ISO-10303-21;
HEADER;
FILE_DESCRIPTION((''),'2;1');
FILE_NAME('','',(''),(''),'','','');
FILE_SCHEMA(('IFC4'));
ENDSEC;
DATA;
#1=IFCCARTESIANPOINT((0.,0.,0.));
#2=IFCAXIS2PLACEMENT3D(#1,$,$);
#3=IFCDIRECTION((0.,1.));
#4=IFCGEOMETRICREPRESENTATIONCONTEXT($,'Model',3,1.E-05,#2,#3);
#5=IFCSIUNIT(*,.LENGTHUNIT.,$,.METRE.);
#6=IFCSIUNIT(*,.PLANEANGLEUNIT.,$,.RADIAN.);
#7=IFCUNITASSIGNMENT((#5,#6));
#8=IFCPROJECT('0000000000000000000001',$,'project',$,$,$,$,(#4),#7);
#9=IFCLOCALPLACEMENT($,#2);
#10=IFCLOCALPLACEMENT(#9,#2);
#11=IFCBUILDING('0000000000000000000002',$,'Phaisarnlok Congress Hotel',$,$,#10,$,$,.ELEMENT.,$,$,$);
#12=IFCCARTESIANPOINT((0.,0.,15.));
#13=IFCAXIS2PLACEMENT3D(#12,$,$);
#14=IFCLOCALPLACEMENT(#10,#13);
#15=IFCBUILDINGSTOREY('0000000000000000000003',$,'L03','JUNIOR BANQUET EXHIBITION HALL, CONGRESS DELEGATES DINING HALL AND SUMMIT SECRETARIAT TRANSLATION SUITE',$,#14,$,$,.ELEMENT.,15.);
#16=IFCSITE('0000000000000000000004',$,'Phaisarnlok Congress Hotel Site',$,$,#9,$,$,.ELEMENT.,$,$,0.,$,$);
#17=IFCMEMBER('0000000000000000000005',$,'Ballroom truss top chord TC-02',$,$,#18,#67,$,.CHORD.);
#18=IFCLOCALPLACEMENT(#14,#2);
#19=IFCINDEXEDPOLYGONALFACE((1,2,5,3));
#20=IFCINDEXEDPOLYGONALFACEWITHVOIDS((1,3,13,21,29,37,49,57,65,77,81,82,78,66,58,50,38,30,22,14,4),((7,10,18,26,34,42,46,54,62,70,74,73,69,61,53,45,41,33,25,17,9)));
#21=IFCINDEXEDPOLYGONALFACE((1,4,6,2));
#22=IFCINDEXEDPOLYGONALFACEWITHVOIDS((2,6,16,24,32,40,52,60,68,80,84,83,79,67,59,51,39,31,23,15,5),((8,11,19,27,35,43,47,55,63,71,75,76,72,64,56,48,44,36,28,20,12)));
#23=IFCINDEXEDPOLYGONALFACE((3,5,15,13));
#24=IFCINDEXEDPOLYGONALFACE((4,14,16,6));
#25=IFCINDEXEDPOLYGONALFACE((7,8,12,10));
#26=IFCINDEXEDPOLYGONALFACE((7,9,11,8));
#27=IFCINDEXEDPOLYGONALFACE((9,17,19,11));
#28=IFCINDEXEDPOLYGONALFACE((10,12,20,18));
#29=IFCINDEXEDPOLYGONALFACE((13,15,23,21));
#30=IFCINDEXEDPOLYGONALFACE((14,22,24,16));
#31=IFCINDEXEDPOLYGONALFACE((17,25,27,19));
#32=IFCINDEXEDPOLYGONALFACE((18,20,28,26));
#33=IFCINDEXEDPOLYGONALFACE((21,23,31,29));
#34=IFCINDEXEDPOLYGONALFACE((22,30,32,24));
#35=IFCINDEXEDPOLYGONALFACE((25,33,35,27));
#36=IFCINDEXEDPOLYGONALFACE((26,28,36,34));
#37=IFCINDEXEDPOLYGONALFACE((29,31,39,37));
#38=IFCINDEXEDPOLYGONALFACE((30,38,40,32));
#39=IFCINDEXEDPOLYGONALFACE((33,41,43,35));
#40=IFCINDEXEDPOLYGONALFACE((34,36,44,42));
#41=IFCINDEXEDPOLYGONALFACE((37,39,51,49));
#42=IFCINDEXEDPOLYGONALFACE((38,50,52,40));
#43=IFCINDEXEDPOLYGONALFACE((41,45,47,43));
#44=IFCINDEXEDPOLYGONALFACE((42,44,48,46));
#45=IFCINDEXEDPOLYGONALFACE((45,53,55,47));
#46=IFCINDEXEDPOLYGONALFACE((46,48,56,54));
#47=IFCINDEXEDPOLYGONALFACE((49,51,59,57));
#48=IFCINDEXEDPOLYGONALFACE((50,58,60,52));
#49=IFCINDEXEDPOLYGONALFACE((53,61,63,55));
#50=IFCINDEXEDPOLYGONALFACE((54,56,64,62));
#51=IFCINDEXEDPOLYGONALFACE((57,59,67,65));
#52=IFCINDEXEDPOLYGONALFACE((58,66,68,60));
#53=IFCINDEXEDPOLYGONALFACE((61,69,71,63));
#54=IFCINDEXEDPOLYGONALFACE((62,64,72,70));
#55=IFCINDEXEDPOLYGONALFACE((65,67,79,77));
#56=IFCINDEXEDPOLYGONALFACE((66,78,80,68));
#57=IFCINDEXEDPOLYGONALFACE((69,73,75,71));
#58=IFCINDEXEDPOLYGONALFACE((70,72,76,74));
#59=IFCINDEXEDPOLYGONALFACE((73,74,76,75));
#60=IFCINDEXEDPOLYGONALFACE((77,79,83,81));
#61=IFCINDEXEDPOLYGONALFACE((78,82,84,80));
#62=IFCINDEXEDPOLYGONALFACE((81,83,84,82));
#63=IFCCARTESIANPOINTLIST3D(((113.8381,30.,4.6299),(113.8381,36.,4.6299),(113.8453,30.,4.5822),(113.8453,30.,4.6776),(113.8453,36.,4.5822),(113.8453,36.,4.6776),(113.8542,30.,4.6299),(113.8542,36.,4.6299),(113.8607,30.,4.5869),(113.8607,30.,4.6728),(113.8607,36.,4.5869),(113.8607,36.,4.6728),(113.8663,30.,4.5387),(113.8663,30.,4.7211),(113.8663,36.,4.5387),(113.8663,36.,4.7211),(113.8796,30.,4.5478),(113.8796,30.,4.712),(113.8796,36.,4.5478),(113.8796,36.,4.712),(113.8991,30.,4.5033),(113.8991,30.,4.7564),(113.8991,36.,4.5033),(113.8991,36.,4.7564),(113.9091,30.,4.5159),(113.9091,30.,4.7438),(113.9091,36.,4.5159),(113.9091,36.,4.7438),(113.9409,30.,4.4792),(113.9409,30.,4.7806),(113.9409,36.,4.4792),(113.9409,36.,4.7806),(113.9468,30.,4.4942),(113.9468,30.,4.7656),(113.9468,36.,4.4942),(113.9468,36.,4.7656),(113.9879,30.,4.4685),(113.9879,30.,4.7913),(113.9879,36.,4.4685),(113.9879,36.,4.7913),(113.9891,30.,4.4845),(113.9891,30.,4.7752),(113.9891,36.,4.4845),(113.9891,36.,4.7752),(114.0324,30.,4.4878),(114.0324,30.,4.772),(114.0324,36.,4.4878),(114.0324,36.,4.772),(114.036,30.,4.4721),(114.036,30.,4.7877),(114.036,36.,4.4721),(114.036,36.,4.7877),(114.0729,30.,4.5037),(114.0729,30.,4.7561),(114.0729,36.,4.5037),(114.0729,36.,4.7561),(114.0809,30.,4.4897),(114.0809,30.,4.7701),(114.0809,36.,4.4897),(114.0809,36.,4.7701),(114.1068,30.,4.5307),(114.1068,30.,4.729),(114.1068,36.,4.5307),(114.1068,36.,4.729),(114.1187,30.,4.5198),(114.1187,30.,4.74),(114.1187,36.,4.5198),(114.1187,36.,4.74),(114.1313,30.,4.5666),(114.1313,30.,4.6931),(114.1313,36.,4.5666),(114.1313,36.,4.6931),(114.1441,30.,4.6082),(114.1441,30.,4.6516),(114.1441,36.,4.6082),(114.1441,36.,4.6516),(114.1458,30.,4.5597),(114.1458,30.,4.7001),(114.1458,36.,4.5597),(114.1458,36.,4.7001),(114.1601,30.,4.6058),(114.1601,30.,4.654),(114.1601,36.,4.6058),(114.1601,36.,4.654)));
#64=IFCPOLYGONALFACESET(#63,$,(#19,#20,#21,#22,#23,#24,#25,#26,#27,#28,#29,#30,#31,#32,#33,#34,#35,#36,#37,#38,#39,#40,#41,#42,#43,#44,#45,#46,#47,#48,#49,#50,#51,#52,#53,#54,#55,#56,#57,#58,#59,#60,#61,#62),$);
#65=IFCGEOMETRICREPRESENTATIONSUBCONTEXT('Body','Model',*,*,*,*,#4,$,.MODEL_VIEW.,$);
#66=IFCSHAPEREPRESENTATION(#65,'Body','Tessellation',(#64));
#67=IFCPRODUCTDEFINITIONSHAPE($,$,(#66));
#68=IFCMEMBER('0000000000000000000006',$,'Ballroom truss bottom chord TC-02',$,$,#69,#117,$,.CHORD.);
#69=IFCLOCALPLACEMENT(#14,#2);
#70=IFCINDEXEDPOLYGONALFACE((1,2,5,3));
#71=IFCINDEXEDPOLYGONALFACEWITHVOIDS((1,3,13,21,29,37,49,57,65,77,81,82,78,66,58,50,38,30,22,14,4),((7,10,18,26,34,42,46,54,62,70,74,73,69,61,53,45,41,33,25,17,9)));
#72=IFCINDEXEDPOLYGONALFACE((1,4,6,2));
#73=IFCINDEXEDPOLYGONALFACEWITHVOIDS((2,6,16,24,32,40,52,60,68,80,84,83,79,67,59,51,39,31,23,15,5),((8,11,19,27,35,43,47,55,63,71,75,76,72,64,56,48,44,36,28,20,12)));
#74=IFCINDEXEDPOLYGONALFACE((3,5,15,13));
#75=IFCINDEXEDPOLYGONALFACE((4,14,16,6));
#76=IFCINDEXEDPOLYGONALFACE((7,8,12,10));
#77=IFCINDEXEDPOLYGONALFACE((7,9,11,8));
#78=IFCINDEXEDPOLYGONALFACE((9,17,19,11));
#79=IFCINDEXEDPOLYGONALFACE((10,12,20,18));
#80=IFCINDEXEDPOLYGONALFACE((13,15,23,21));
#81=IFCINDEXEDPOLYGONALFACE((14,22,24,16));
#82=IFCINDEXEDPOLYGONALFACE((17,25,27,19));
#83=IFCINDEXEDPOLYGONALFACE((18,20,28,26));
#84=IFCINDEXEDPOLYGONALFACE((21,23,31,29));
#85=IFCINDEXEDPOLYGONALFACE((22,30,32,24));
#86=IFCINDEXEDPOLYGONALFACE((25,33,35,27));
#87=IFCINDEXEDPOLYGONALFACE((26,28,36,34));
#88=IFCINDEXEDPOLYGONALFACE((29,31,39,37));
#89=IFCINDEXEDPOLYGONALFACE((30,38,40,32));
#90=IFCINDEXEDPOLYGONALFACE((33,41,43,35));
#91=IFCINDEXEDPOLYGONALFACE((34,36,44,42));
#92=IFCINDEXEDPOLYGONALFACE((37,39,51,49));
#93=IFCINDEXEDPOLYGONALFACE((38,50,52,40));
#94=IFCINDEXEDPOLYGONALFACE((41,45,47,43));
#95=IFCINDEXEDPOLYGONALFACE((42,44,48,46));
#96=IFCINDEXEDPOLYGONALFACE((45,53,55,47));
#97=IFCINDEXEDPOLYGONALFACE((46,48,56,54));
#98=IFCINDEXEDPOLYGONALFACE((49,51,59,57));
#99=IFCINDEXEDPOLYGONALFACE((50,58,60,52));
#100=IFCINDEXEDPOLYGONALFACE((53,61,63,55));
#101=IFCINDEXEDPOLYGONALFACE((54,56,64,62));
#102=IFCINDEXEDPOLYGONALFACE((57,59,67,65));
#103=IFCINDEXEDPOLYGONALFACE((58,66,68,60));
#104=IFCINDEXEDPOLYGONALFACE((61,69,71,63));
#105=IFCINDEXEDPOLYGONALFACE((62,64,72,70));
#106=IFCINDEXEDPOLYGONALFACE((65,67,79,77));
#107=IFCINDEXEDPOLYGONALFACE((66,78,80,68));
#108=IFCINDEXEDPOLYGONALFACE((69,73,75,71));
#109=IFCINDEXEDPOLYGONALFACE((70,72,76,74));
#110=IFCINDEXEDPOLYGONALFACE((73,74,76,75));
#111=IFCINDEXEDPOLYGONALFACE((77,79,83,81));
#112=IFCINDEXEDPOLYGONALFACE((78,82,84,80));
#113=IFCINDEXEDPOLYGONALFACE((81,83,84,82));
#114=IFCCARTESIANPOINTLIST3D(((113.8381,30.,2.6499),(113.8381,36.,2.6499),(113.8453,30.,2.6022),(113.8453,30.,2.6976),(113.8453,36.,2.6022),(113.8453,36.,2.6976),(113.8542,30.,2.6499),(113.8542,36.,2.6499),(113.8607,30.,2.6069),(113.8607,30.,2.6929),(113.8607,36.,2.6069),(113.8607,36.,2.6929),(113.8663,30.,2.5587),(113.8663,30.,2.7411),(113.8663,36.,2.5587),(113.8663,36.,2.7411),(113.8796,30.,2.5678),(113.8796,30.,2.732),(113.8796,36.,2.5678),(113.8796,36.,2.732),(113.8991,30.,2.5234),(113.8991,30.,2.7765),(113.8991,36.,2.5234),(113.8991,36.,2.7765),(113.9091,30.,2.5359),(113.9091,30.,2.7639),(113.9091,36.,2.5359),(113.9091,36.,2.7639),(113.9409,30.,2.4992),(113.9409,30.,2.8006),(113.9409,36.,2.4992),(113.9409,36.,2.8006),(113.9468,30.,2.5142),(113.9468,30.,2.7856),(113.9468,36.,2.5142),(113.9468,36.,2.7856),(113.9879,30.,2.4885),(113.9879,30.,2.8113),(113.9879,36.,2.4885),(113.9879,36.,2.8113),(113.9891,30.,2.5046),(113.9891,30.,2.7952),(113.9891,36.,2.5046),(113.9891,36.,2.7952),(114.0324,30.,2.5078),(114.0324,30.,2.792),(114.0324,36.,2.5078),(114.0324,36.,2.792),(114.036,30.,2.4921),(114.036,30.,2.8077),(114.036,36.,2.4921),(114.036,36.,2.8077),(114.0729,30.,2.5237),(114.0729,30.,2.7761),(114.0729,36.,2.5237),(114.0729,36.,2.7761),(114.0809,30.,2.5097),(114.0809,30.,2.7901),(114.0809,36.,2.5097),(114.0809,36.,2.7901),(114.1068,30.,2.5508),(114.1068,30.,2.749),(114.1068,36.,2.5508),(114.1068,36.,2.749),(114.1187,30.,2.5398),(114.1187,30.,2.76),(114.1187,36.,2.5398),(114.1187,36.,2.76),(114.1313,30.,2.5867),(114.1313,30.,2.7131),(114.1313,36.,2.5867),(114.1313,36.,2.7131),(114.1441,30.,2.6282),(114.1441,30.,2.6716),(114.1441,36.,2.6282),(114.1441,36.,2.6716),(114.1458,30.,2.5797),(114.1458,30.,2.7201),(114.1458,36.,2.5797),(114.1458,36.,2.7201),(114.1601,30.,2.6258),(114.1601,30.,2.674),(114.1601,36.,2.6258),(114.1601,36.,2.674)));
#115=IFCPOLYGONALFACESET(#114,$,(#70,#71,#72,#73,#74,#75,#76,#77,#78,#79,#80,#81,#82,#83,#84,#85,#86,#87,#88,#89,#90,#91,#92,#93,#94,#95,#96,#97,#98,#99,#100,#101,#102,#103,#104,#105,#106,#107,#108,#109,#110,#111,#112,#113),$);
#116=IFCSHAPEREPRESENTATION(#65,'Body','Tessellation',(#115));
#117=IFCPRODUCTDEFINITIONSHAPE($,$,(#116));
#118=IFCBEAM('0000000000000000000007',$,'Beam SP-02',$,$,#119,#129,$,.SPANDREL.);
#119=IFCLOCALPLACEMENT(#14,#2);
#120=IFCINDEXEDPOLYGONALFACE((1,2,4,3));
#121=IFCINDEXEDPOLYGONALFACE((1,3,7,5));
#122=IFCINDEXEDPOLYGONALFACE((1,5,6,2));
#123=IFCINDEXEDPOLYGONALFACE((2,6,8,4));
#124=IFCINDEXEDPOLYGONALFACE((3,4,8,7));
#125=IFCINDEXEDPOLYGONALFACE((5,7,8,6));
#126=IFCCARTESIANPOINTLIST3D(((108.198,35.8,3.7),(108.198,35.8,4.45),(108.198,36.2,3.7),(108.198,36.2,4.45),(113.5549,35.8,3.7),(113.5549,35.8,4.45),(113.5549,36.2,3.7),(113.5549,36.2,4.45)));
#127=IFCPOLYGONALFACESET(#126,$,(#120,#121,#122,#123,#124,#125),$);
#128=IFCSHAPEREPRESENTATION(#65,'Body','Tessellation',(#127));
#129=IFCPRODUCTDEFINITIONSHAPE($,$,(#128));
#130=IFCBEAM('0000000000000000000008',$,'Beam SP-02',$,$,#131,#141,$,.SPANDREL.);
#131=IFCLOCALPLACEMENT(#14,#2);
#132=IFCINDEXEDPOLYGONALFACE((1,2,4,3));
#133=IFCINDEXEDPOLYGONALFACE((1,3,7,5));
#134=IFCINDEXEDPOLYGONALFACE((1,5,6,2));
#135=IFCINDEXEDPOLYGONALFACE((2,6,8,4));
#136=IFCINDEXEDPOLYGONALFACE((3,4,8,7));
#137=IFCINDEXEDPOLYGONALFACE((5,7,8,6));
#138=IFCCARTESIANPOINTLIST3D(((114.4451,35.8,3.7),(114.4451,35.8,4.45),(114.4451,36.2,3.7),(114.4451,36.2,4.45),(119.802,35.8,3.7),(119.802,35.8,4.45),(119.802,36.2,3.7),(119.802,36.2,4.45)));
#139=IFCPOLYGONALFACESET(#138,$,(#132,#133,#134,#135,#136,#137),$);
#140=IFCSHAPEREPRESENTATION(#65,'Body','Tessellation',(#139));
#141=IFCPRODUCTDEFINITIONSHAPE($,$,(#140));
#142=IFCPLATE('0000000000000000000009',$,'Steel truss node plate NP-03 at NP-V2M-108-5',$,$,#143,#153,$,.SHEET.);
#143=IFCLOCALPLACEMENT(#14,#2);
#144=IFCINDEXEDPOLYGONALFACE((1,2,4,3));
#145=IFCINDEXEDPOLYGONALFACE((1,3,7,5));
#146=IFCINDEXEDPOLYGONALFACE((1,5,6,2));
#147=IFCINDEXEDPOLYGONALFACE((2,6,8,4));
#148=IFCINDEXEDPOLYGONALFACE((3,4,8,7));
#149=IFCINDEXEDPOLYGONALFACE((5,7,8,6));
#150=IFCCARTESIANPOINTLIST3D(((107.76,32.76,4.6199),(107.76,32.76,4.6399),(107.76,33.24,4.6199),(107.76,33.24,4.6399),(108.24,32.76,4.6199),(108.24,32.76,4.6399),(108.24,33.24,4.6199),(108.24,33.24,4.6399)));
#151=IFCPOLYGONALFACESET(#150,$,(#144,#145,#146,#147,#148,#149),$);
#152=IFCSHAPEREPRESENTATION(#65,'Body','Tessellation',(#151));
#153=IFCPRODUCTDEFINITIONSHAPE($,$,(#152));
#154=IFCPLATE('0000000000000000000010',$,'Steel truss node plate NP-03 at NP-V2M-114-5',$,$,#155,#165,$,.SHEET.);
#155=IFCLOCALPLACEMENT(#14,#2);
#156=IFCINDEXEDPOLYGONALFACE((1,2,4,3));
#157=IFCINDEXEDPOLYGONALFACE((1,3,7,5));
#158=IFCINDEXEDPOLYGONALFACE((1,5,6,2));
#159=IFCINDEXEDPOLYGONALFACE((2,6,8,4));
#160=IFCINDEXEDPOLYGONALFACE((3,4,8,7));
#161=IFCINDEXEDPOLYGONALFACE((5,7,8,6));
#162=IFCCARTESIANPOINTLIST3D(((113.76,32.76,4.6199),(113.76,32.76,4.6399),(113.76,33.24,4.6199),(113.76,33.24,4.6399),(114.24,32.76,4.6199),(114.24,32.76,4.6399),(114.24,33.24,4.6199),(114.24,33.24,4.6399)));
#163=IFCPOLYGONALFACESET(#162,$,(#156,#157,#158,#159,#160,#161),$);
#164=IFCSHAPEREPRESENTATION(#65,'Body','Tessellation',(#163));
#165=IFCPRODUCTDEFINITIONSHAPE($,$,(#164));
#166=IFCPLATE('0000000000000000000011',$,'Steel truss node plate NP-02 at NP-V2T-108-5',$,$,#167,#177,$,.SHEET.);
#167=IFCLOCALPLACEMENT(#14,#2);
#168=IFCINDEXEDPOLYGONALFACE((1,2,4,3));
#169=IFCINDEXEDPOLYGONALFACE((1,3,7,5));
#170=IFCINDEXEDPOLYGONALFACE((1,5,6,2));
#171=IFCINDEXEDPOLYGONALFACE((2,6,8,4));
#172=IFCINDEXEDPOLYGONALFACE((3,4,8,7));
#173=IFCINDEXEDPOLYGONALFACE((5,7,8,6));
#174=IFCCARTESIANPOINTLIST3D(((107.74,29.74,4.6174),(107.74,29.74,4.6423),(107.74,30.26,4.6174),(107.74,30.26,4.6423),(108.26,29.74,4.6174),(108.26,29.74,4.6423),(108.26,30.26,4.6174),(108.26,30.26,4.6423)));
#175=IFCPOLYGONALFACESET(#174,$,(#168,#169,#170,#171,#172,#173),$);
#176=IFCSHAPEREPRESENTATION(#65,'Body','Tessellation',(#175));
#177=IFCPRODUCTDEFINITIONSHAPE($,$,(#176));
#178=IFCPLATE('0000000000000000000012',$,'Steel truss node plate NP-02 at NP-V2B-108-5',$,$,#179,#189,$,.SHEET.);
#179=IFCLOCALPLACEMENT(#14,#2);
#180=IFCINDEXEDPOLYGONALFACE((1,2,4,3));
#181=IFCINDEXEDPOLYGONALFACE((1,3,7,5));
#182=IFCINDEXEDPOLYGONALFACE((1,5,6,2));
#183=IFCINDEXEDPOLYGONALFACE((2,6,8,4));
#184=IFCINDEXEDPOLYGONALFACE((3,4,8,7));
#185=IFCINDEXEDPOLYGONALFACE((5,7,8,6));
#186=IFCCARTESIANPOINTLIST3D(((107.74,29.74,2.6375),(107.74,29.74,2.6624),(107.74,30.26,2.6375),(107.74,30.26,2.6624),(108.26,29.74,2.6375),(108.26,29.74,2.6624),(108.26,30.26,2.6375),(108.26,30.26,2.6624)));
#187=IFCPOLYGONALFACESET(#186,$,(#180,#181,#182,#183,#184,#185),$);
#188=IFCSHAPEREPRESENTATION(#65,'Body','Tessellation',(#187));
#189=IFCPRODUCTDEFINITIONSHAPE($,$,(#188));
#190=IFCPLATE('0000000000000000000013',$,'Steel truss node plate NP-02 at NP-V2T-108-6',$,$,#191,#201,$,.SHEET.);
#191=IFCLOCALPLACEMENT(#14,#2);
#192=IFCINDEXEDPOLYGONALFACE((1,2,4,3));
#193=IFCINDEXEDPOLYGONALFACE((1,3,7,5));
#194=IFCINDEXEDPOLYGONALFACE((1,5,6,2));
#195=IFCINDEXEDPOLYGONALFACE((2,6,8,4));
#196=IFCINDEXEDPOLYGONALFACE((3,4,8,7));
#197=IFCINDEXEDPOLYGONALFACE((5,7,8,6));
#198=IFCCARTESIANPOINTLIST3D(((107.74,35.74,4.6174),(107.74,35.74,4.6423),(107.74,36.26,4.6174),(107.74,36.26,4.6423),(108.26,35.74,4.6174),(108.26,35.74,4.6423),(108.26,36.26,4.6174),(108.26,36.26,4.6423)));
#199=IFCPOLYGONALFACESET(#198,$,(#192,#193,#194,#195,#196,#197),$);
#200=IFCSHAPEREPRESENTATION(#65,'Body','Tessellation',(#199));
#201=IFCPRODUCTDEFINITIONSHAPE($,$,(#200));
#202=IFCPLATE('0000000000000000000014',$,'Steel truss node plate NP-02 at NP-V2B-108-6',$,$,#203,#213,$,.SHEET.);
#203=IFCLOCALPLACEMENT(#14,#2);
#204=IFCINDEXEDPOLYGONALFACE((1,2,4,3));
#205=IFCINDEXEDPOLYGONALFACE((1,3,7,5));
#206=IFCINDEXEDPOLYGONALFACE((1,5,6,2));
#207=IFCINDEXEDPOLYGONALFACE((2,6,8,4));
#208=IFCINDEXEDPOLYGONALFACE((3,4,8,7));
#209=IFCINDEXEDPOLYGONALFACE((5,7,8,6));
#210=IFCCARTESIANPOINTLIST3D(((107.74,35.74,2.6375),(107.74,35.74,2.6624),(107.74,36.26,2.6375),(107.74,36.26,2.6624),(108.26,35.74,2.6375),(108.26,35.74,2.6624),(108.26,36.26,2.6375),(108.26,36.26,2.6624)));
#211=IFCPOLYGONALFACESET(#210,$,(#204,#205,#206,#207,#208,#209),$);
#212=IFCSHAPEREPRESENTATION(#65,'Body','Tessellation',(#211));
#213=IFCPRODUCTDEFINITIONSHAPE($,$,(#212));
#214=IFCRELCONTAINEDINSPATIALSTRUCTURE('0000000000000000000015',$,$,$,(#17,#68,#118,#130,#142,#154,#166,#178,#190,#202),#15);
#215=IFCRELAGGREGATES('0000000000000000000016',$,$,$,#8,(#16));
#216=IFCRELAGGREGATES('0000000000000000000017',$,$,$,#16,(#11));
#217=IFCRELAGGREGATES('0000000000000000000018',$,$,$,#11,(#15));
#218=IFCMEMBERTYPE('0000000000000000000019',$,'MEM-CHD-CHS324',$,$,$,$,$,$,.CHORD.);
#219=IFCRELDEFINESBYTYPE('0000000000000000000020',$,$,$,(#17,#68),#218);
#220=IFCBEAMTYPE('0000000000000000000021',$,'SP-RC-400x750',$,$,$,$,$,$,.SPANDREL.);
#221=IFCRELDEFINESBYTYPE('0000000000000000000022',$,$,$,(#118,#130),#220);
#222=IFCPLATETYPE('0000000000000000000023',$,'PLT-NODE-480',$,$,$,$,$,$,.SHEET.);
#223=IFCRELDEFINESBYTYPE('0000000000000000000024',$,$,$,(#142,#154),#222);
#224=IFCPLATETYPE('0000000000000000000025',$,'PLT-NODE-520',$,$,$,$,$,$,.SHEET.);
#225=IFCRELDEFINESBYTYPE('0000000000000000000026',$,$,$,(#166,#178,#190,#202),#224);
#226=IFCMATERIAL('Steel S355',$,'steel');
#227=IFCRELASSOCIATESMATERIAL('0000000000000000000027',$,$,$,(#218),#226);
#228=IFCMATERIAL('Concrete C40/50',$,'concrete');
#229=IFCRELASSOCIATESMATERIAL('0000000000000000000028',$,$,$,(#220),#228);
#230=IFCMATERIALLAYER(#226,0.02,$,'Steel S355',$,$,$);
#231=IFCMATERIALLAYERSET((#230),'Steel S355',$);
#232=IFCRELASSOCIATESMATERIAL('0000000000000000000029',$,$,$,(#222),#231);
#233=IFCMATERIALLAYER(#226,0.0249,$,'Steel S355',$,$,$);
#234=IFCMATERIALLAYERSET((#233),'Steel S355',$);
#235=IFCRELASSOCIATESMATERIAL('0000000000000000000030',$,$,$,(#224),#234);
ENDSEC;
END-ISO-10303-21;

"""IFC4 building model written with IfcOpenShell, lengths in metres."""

from ifc_helpers import new_model, si_unit, direction, frame, origin, origin_2d, place, context, subcontext, project, spatial, rectangle, hollow_circle, extrude, material, layer, layer_set, material_profile, profile_set, type_object, element, save


model = new_model("IFC4")

# Units and contexts
model_context = context("Model", 3, precision=1e-05, world=origin(), true_north=direction((0.0, 1.0)))
body_context = subcontext(model_context, "Body", "Model", "MODEL_VIEW")
ifc_project = project(units=[si_unit("LENGTHUNIT", "METRE"), si_unit("PLANEANGLEUNIT", "RADIAN")], contexts=[model_context])

# Site, building, storey
site_placement = place(None, origin())
site = spatial("IfcSite", under=ifc_project, at=site_placement, Name="Phaisarnlok Congress Hotel Site", CompositionType="ELEMENT", RefElevation=0.0)
building_placement = place(site_placement, origin())
building = spatial("IfcBuilding", under=site, at=building_placement, Name="Phaisarnlok Congress Hotel", CompositionType="ELEMENT")
storey_placement = place(building_placement, frame((0.0, 0.0, 15.0)))
storey = spatial("IfcBuildingStorey", under=building, at=storey_placement, Name="L03", Description="JUNIOR BANQUET EXHIBITION HALL, CONGRESS DELEGATES DINING HALL AND SUMMIT SECRETARIAT TRANSLATION SUITE", CompositionType="ELEMENT", Elevation=15.0)

# Shared definitions
ifc_material_1 = material(Name="Steel S355", Category="steel")

# Members
ifc_material_profile_1 = material_profile(ifc_material_1, hollow_circle(Radius=0.1619, WallThickness=0.0161, at=origin_2d()), Name="CHS 323.9x16")
ifc_profile_set_1 = profile_set([ifc_material_profile_1], Name="Steel S355")
member_type_1 = type_object("IfcMemberType", Name="MEM-CHD-CHS324", PredefinedType="CHORD", material=ifc_profile_set_1)
for number, where, z_axis, x_axis, name in (
    (1, (114.0, 30.0, 4.6299), (0.0, 1.0, 0.0), (-1.0, 0.0, 0.0), "Ballroom truss top chord TC-02"),
    (2, (114.0, 30.0, 2.6499), (0.0, 1.0, 0.0), (-1.0, 0.0, 0.0), "Ballroom truss bottom chord TC-02"),
):
    element("IfcMember", number, at=place(storey_placement, frame(where, z_axis=z_axis, x_axis=x_axis)), inside=storey, type_object=member_type_1, Name=name, PredefinedType="CHORD", context=body_context, shape_type="SweptSolid", body=[
        extrude(hollow_circle(Radius=0.1619, WallThickness=0.0161, at=origin_2d()), origin(), (0.0, 0.0, 1.0), 6.0),
    ])

# Beams
ifc_material_2 = material(Name="Concrete C40/50", Category="concrete")
ifc_material_profile_2 = material_profile(ifc_material_2, rectangle(XDim=0.3999, YDim=0.75, at=origin_2d()), Name="RC 400x750")
ifc_profile_set_2 = profile_set([ifc_material_profile_2], Name="Concrete C40/50")
beam_type = type_object("IfcBeamType", Name="SP-RC-400x750", PredefinedType="SPANDREL", material=ifc_profile_set_2)
for number, where, z_axis, x_axis, name in (
    (3, (108.198, 36.0, 4.075), (1.0, 0.0, 0.0), (0.0, 1.0, 0.0), "Beam SP-02"),
    (4, (114.4451, 36.0, 4.075), (1.0, 0.0, 0.0), (0.0, 1.0, 0.0), "Beam SP-02"),
):
    element("IfcBeam", number, at=place(storey_placement, frame(where, z_axis=z_axis, x_axis=x_axis)), inside=storey, type_object=beam_type, Name=name, PredefinedType="SPANDREL", context=body_context, shape_type="SweptSolid", body=[
        extrude(rectangle(XDim=0.3999, YDim=0.75, at=origin_2d()), origin(), (0.0, 0.0, 1.0), 5.3569),
    ])

# Plates
ifc_layer_1 = layer(ifc_material_1, 0.02, Name="Steel S355")
ifc_layer_set_1 = layer_set([ifc_layer_1], Name="Steel S355")
plate_type_1 = type_object("IfcPlateType", Name="PLT-NODE-480", PredefinedType="SHEET", material=ifc_layer_set_1)
for number, where, z_axis, x_axis, name in (
    (5, (108.0, 33.0, 4.6199), (0.0, 0.0, 1.0), (1.0, 0.0, 0.0), "Steel truss node plate NP-03 at NP-V2M-108-5"),
    (6, (114.0, 33.0, 4.6199), (0.0, 0.0, 1.0), (1.0, 0.0, 0.0), "Steel truss node plate NP-03 at NP-V2M-114-5"),
):
    element("IfcPlate", number, at=place(storey_placement, frame(where, z_axis=z_axis, x_axis=x_axis)), inside=storey, type_object=plate_type_1, Name=name, PredefinedType="SHEET", context=body_context, shape_type="SweptSolid", body=[
        extrude(rectangle(XDim=0.48, YDim=0.48, at=origin_2d()), origin(), (0.0, 0.0, 1.0), 0.02),
    ])
ifc_layer_2 = layer(ifc_material_1, 0.0249, Name="Steel S355")
ifc_layer_set_2 = layer_set([ifc_layer_2], Name="Steel S355")
plate_type_2 = type_object("IfcPlateType", Name="PLT-NODE-520", PredefinedType="SHEET", material=ifc_layer_set_2)
for number, where, z_axis, x_axis, name in (
    (7, (108.0, 30.0, 4.6174), (0.0, 0.0, 1.0), (1.0, 0.0, 0.0), "Steel truss node plate NP-02 at NP-V2T-108-5"),
    (8, (108.0, 30.0, 2.6375), (0.0, 0.0, 1.0), (1.0, 0.0, 0.0), "Steel truss node plate NP-02 at NP-V2B-108-5"),
    (9, (108.0, 36.0, 4.6174), (0.0, 0.0, 1.0), (1.0, 0.0, 0.0), "Steel truss node plate NP-02 at NP-V2T-108-6"),
    (10, (108.0, 36.0, 2.6375), (0.0, 0.0, 1.0), (1.0, 0.0, 0.0), "Steel truss node plate NP-02 at NP-V2B-108-6"),
):
    element("IfcPlate", number, at=place(storey_placement, frame(where, z_axis=z_axis, x_axis=x_axis)), inside=storey, type_object=plate_type_2, Name=name, PredefinedType="SHEET", context=body_context, shape_type="SweptSolid", body=[
        extrude(rectangle(XDim=0.52, YDim=0.52, at=origin_2d()), origin(), (0.0, 0.0, 1.0), 0.0249),
    ])

save(model, "model.ifc")
